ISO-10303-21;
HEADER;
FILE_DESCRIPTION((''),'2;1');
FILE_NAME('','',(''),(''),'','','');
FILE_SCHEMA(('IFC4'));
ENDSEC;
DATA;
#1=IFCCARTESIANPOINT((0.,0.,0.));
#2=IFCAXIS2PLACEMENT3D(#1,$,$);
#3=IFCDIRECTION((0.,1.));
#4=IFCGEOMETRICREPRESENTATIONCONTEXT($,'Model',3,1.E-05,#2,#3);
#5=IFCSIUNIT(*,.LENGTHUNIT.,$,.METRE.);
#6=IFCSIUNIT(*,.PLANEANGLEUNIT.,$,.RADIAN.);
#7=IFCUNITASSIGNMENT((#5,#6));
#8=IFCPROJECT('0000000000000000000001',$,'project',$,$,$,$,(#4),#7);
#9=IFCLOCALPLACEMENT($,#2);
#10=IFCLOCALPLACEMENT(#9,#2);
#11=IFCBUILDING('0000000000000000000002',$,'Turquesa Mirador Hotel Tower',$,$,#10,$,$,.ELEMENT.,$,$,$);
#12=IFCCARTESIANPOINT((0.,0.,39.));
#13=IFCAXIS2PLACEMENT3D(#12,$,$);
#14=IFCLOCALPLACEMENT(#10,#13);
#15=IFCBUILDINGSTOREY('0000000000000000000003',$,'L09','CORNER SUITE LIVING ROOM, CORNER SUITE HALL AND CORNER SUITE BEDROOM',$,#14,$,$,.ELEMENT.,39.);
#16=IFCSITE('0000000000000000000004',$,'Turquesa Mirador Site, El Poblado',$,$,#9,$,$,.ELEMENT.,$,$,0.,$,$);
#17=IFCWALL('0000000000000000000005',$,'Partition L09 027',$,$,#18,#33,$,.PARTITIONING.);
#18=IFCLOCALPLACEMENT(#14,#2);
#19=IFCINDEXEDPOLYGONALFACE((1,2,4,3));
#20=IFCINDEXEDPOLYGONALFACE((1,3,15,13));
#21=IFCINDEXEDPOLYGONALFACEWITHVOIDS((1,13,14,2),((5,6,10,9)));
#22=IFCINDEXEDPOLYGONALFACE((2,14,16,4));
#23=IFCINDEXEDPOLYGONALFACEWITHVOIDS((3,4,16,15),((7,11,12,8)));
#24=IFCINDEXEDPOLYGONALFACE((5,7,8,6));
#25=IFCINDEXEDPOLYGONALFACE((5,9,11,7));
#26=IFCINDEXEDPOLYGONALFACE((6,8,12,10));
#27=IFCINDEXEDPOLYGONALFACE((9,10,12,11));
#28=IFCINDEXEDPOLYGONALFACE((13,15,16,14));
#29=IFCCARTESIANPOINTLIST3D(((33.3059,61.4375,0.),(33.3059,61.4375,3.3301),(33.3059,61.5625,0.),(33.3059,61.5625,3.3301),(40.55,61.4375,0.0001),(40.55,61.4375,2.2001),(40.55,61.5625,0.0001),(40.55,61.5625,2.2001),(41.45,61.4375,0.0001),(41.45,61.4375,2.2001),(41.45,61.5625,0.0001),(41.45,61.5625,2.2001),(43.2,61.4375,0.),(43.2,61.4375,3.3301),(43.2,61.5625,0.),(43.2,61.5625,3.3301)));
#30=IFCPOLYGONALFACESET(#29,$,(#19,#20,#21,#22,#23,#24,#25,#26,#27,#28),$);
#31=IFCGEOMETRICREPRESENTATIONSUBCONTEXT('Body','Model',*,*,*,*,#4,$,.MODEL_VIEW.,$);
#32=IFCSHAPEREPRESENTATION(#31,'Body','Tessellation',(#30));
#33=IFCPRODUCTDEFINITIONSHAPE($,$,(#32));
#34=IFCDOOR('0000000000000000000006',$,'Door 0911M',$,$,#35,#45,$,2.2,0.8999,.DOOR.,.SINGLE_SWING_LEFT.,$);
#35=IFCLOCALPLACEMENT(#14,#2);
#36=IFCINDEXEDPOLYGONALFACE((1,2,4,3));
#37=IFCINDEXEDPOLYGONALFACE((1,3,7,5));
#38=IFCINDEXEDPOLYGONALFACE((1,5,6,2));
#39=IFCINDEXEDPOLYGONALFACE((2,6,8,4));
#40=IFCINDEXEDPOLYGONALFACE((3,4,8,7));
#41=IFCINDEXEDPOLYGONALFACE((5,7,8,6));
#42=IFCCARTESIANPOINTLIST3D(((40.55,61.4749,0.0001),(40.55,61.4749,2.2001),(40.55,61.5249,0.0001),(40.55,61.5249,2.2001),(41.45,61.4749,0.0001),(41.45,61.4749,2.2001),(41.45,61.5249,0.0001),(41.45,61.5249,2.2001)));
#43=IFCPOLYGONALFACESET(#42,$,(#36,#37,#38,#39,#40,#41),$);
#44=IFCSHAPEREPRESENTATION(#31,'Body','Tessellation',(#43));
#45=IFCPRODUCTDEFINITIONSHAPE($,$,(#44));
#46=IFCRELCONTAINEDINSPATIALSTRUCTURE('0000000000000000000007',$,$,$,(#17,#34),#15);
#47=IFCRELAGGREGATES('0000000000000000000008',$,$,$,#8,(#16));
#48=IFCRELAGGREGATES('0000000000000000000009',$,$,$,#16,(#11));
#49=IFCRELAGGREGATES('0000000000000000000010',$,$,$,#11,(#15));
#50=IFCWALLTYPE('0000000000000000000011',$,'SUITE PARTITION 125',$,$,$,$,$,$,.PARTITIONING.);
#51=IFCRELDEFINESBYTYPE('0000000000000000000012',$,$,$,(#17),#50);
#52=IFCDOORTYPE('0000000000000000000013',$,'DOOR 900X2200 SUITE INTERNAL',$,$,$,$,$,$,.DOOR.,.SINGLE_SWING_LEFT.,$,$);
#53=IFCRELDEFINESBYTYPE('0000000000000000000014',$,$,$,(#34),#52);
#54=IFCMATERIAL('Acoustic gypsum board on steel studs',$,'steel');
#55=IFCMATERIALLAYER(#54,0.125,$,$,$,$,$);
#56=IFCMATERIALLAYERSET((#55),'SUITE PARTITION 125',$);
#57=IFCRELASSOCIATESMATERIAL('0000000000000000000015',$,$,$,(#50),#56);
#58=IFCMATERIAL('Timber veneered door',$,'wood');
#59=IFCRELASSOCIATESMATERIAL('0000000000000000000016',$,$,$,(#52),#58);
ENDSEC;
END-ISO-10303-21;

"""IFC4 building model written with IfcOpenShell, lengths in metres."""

from ifc_helpers import new_model, si_unit, direction, frame, frame_2d, origin, place, context, subcontext, project, spatial, rectangle, extrude, material, layer, layer_set, type_object, element, fill, save


model = new_model("IFC4")

# Units and contexts
model_context = context("Model", 3, precision=1e-05, world=origin(), true_north=direction((0.0, 1.0)))
body_context = subcontext(model_context, "Body", "Model", "MODEL_VIEW")
ifc_project = project(units=[si_unit("LENGTHUNIT", "METRE"), si_unit("PLANEANGLEUNIT", "RADIAN")], contexts=[model_context])

# Site, building, storey
site_placement = place(None, origin())
site = spatial("IfcSite", under=ifc_project, at=site_placement, Name="Turquesa Mirador Site, El Poblado", CompositionType="ELEMENT", RefElevation=0.0)
building_placement = place(site_placement, origin())
building = spatial("IfcBuilding", under=site, at=building_placement, Name="Turquesa Mirador Hotel Tower", CompositionType="ELEMENT")
storey_placement = place(building_placement, frame((0.0, 0.0, 39.0)))
storey = spatial("IfcBuildingStorey", under=building, at=storey_placement, Name="L09", Description="CORNER SUITE LIVING ROOM, CORNER SUITE HALL AND CORNER SUITE BEDROOM", CompositionType="ELEMENT", Elevation=39.0)

# Wall, opening, door
ifc_material_1 = material(Name="Acoustic gypsum board on steel studs", Category="steel")
ifc_layer_1 = layer(ifc_material_1, 0.125)
ifc_layer_set_1 = layer_set([ifc_layer_1], Name="SUITE PARTITION 125")
wall_type_1 = type_object("IfcWallType", Name="SUITE PARTITION 125", PredefinedType="PARTITIONING", material=ifc_layer_set_1)
wall_1_placement = place(storey_placement, frame((33.3059, 61.5, 0.0), z_axis=(0.0, 0.0, 1.0), x_axis=(1.0, 0.0, 0.0)))
wall_1 = element("IfcWall", 1, at=wall_1_placement, inside=storey, type_object=wall_type_1, Name="Partition L09 027", PredefinedType="PARTITIONING", context=body_context, shape_type="SweptSolid", body=[
    extrude(rectangle(XDim=9.894, YDim=0.125, at=frame_2d((4.947, 0.0))), origin(), (0.0, 0.0, 1.0), 3.3301),
])
opening_1_placement = place(wall_1_placement, frame((7.2441, 0.0, 0.0)))
opening_1 = element("IfcOpeningElement", 2, at=opening_1_placement, cuts=wall_1, PredefinedType="OPENING", context=body_context, shape_type="SweptSolid", body=[
    extrude(rectangle(XDim=0.8999, YDim=2.2, at=frame_2d((0.45, 1.1001))), frame((0.0, 0.0725, 0.0), z_axis=(0.0, -1.0, 0.0), x_axis=(1.0, 0.0, 0.0)), (0.0, 0.0, 1.0), 0.145),
])
ifc_material_2 = material(Name="Timber veneered door", Category="wood")
door_type = type_object("IfcDoorType", Name="DOOR 900X2200 SUITE INTERNAL", OperationType="SINGLE_SWING_LEFT", PredefinedType="DOOR", material=ifc_material_2)
door_placement = place(opening_1_placement, origin())
door = element("IfcDoor", 3, at=door_placement, inside=storey, type_object=door_type, Name="Door 0911M", OperationType="SINGLE_SWING_LEFT", OverallHeight=2.2, OverallWidth=0.8999, PredefinedType="DOOR", context=body_context, shape_type="SweptSolid", body=[
    extrude(rectangle(XDim=0.8999, YDim=2.2, at=frame_2d((0.45, 1.1001))), frame((0.0, 0.0249, 0.0), z_axis=(0.0, -1.0, 0.0), x_axis=(1.0, 0.0, 0.0)), (0.0, 0.0, 1.0), 0.05),
])
fill(opening_1, door)

save(model, "model.ifc")
